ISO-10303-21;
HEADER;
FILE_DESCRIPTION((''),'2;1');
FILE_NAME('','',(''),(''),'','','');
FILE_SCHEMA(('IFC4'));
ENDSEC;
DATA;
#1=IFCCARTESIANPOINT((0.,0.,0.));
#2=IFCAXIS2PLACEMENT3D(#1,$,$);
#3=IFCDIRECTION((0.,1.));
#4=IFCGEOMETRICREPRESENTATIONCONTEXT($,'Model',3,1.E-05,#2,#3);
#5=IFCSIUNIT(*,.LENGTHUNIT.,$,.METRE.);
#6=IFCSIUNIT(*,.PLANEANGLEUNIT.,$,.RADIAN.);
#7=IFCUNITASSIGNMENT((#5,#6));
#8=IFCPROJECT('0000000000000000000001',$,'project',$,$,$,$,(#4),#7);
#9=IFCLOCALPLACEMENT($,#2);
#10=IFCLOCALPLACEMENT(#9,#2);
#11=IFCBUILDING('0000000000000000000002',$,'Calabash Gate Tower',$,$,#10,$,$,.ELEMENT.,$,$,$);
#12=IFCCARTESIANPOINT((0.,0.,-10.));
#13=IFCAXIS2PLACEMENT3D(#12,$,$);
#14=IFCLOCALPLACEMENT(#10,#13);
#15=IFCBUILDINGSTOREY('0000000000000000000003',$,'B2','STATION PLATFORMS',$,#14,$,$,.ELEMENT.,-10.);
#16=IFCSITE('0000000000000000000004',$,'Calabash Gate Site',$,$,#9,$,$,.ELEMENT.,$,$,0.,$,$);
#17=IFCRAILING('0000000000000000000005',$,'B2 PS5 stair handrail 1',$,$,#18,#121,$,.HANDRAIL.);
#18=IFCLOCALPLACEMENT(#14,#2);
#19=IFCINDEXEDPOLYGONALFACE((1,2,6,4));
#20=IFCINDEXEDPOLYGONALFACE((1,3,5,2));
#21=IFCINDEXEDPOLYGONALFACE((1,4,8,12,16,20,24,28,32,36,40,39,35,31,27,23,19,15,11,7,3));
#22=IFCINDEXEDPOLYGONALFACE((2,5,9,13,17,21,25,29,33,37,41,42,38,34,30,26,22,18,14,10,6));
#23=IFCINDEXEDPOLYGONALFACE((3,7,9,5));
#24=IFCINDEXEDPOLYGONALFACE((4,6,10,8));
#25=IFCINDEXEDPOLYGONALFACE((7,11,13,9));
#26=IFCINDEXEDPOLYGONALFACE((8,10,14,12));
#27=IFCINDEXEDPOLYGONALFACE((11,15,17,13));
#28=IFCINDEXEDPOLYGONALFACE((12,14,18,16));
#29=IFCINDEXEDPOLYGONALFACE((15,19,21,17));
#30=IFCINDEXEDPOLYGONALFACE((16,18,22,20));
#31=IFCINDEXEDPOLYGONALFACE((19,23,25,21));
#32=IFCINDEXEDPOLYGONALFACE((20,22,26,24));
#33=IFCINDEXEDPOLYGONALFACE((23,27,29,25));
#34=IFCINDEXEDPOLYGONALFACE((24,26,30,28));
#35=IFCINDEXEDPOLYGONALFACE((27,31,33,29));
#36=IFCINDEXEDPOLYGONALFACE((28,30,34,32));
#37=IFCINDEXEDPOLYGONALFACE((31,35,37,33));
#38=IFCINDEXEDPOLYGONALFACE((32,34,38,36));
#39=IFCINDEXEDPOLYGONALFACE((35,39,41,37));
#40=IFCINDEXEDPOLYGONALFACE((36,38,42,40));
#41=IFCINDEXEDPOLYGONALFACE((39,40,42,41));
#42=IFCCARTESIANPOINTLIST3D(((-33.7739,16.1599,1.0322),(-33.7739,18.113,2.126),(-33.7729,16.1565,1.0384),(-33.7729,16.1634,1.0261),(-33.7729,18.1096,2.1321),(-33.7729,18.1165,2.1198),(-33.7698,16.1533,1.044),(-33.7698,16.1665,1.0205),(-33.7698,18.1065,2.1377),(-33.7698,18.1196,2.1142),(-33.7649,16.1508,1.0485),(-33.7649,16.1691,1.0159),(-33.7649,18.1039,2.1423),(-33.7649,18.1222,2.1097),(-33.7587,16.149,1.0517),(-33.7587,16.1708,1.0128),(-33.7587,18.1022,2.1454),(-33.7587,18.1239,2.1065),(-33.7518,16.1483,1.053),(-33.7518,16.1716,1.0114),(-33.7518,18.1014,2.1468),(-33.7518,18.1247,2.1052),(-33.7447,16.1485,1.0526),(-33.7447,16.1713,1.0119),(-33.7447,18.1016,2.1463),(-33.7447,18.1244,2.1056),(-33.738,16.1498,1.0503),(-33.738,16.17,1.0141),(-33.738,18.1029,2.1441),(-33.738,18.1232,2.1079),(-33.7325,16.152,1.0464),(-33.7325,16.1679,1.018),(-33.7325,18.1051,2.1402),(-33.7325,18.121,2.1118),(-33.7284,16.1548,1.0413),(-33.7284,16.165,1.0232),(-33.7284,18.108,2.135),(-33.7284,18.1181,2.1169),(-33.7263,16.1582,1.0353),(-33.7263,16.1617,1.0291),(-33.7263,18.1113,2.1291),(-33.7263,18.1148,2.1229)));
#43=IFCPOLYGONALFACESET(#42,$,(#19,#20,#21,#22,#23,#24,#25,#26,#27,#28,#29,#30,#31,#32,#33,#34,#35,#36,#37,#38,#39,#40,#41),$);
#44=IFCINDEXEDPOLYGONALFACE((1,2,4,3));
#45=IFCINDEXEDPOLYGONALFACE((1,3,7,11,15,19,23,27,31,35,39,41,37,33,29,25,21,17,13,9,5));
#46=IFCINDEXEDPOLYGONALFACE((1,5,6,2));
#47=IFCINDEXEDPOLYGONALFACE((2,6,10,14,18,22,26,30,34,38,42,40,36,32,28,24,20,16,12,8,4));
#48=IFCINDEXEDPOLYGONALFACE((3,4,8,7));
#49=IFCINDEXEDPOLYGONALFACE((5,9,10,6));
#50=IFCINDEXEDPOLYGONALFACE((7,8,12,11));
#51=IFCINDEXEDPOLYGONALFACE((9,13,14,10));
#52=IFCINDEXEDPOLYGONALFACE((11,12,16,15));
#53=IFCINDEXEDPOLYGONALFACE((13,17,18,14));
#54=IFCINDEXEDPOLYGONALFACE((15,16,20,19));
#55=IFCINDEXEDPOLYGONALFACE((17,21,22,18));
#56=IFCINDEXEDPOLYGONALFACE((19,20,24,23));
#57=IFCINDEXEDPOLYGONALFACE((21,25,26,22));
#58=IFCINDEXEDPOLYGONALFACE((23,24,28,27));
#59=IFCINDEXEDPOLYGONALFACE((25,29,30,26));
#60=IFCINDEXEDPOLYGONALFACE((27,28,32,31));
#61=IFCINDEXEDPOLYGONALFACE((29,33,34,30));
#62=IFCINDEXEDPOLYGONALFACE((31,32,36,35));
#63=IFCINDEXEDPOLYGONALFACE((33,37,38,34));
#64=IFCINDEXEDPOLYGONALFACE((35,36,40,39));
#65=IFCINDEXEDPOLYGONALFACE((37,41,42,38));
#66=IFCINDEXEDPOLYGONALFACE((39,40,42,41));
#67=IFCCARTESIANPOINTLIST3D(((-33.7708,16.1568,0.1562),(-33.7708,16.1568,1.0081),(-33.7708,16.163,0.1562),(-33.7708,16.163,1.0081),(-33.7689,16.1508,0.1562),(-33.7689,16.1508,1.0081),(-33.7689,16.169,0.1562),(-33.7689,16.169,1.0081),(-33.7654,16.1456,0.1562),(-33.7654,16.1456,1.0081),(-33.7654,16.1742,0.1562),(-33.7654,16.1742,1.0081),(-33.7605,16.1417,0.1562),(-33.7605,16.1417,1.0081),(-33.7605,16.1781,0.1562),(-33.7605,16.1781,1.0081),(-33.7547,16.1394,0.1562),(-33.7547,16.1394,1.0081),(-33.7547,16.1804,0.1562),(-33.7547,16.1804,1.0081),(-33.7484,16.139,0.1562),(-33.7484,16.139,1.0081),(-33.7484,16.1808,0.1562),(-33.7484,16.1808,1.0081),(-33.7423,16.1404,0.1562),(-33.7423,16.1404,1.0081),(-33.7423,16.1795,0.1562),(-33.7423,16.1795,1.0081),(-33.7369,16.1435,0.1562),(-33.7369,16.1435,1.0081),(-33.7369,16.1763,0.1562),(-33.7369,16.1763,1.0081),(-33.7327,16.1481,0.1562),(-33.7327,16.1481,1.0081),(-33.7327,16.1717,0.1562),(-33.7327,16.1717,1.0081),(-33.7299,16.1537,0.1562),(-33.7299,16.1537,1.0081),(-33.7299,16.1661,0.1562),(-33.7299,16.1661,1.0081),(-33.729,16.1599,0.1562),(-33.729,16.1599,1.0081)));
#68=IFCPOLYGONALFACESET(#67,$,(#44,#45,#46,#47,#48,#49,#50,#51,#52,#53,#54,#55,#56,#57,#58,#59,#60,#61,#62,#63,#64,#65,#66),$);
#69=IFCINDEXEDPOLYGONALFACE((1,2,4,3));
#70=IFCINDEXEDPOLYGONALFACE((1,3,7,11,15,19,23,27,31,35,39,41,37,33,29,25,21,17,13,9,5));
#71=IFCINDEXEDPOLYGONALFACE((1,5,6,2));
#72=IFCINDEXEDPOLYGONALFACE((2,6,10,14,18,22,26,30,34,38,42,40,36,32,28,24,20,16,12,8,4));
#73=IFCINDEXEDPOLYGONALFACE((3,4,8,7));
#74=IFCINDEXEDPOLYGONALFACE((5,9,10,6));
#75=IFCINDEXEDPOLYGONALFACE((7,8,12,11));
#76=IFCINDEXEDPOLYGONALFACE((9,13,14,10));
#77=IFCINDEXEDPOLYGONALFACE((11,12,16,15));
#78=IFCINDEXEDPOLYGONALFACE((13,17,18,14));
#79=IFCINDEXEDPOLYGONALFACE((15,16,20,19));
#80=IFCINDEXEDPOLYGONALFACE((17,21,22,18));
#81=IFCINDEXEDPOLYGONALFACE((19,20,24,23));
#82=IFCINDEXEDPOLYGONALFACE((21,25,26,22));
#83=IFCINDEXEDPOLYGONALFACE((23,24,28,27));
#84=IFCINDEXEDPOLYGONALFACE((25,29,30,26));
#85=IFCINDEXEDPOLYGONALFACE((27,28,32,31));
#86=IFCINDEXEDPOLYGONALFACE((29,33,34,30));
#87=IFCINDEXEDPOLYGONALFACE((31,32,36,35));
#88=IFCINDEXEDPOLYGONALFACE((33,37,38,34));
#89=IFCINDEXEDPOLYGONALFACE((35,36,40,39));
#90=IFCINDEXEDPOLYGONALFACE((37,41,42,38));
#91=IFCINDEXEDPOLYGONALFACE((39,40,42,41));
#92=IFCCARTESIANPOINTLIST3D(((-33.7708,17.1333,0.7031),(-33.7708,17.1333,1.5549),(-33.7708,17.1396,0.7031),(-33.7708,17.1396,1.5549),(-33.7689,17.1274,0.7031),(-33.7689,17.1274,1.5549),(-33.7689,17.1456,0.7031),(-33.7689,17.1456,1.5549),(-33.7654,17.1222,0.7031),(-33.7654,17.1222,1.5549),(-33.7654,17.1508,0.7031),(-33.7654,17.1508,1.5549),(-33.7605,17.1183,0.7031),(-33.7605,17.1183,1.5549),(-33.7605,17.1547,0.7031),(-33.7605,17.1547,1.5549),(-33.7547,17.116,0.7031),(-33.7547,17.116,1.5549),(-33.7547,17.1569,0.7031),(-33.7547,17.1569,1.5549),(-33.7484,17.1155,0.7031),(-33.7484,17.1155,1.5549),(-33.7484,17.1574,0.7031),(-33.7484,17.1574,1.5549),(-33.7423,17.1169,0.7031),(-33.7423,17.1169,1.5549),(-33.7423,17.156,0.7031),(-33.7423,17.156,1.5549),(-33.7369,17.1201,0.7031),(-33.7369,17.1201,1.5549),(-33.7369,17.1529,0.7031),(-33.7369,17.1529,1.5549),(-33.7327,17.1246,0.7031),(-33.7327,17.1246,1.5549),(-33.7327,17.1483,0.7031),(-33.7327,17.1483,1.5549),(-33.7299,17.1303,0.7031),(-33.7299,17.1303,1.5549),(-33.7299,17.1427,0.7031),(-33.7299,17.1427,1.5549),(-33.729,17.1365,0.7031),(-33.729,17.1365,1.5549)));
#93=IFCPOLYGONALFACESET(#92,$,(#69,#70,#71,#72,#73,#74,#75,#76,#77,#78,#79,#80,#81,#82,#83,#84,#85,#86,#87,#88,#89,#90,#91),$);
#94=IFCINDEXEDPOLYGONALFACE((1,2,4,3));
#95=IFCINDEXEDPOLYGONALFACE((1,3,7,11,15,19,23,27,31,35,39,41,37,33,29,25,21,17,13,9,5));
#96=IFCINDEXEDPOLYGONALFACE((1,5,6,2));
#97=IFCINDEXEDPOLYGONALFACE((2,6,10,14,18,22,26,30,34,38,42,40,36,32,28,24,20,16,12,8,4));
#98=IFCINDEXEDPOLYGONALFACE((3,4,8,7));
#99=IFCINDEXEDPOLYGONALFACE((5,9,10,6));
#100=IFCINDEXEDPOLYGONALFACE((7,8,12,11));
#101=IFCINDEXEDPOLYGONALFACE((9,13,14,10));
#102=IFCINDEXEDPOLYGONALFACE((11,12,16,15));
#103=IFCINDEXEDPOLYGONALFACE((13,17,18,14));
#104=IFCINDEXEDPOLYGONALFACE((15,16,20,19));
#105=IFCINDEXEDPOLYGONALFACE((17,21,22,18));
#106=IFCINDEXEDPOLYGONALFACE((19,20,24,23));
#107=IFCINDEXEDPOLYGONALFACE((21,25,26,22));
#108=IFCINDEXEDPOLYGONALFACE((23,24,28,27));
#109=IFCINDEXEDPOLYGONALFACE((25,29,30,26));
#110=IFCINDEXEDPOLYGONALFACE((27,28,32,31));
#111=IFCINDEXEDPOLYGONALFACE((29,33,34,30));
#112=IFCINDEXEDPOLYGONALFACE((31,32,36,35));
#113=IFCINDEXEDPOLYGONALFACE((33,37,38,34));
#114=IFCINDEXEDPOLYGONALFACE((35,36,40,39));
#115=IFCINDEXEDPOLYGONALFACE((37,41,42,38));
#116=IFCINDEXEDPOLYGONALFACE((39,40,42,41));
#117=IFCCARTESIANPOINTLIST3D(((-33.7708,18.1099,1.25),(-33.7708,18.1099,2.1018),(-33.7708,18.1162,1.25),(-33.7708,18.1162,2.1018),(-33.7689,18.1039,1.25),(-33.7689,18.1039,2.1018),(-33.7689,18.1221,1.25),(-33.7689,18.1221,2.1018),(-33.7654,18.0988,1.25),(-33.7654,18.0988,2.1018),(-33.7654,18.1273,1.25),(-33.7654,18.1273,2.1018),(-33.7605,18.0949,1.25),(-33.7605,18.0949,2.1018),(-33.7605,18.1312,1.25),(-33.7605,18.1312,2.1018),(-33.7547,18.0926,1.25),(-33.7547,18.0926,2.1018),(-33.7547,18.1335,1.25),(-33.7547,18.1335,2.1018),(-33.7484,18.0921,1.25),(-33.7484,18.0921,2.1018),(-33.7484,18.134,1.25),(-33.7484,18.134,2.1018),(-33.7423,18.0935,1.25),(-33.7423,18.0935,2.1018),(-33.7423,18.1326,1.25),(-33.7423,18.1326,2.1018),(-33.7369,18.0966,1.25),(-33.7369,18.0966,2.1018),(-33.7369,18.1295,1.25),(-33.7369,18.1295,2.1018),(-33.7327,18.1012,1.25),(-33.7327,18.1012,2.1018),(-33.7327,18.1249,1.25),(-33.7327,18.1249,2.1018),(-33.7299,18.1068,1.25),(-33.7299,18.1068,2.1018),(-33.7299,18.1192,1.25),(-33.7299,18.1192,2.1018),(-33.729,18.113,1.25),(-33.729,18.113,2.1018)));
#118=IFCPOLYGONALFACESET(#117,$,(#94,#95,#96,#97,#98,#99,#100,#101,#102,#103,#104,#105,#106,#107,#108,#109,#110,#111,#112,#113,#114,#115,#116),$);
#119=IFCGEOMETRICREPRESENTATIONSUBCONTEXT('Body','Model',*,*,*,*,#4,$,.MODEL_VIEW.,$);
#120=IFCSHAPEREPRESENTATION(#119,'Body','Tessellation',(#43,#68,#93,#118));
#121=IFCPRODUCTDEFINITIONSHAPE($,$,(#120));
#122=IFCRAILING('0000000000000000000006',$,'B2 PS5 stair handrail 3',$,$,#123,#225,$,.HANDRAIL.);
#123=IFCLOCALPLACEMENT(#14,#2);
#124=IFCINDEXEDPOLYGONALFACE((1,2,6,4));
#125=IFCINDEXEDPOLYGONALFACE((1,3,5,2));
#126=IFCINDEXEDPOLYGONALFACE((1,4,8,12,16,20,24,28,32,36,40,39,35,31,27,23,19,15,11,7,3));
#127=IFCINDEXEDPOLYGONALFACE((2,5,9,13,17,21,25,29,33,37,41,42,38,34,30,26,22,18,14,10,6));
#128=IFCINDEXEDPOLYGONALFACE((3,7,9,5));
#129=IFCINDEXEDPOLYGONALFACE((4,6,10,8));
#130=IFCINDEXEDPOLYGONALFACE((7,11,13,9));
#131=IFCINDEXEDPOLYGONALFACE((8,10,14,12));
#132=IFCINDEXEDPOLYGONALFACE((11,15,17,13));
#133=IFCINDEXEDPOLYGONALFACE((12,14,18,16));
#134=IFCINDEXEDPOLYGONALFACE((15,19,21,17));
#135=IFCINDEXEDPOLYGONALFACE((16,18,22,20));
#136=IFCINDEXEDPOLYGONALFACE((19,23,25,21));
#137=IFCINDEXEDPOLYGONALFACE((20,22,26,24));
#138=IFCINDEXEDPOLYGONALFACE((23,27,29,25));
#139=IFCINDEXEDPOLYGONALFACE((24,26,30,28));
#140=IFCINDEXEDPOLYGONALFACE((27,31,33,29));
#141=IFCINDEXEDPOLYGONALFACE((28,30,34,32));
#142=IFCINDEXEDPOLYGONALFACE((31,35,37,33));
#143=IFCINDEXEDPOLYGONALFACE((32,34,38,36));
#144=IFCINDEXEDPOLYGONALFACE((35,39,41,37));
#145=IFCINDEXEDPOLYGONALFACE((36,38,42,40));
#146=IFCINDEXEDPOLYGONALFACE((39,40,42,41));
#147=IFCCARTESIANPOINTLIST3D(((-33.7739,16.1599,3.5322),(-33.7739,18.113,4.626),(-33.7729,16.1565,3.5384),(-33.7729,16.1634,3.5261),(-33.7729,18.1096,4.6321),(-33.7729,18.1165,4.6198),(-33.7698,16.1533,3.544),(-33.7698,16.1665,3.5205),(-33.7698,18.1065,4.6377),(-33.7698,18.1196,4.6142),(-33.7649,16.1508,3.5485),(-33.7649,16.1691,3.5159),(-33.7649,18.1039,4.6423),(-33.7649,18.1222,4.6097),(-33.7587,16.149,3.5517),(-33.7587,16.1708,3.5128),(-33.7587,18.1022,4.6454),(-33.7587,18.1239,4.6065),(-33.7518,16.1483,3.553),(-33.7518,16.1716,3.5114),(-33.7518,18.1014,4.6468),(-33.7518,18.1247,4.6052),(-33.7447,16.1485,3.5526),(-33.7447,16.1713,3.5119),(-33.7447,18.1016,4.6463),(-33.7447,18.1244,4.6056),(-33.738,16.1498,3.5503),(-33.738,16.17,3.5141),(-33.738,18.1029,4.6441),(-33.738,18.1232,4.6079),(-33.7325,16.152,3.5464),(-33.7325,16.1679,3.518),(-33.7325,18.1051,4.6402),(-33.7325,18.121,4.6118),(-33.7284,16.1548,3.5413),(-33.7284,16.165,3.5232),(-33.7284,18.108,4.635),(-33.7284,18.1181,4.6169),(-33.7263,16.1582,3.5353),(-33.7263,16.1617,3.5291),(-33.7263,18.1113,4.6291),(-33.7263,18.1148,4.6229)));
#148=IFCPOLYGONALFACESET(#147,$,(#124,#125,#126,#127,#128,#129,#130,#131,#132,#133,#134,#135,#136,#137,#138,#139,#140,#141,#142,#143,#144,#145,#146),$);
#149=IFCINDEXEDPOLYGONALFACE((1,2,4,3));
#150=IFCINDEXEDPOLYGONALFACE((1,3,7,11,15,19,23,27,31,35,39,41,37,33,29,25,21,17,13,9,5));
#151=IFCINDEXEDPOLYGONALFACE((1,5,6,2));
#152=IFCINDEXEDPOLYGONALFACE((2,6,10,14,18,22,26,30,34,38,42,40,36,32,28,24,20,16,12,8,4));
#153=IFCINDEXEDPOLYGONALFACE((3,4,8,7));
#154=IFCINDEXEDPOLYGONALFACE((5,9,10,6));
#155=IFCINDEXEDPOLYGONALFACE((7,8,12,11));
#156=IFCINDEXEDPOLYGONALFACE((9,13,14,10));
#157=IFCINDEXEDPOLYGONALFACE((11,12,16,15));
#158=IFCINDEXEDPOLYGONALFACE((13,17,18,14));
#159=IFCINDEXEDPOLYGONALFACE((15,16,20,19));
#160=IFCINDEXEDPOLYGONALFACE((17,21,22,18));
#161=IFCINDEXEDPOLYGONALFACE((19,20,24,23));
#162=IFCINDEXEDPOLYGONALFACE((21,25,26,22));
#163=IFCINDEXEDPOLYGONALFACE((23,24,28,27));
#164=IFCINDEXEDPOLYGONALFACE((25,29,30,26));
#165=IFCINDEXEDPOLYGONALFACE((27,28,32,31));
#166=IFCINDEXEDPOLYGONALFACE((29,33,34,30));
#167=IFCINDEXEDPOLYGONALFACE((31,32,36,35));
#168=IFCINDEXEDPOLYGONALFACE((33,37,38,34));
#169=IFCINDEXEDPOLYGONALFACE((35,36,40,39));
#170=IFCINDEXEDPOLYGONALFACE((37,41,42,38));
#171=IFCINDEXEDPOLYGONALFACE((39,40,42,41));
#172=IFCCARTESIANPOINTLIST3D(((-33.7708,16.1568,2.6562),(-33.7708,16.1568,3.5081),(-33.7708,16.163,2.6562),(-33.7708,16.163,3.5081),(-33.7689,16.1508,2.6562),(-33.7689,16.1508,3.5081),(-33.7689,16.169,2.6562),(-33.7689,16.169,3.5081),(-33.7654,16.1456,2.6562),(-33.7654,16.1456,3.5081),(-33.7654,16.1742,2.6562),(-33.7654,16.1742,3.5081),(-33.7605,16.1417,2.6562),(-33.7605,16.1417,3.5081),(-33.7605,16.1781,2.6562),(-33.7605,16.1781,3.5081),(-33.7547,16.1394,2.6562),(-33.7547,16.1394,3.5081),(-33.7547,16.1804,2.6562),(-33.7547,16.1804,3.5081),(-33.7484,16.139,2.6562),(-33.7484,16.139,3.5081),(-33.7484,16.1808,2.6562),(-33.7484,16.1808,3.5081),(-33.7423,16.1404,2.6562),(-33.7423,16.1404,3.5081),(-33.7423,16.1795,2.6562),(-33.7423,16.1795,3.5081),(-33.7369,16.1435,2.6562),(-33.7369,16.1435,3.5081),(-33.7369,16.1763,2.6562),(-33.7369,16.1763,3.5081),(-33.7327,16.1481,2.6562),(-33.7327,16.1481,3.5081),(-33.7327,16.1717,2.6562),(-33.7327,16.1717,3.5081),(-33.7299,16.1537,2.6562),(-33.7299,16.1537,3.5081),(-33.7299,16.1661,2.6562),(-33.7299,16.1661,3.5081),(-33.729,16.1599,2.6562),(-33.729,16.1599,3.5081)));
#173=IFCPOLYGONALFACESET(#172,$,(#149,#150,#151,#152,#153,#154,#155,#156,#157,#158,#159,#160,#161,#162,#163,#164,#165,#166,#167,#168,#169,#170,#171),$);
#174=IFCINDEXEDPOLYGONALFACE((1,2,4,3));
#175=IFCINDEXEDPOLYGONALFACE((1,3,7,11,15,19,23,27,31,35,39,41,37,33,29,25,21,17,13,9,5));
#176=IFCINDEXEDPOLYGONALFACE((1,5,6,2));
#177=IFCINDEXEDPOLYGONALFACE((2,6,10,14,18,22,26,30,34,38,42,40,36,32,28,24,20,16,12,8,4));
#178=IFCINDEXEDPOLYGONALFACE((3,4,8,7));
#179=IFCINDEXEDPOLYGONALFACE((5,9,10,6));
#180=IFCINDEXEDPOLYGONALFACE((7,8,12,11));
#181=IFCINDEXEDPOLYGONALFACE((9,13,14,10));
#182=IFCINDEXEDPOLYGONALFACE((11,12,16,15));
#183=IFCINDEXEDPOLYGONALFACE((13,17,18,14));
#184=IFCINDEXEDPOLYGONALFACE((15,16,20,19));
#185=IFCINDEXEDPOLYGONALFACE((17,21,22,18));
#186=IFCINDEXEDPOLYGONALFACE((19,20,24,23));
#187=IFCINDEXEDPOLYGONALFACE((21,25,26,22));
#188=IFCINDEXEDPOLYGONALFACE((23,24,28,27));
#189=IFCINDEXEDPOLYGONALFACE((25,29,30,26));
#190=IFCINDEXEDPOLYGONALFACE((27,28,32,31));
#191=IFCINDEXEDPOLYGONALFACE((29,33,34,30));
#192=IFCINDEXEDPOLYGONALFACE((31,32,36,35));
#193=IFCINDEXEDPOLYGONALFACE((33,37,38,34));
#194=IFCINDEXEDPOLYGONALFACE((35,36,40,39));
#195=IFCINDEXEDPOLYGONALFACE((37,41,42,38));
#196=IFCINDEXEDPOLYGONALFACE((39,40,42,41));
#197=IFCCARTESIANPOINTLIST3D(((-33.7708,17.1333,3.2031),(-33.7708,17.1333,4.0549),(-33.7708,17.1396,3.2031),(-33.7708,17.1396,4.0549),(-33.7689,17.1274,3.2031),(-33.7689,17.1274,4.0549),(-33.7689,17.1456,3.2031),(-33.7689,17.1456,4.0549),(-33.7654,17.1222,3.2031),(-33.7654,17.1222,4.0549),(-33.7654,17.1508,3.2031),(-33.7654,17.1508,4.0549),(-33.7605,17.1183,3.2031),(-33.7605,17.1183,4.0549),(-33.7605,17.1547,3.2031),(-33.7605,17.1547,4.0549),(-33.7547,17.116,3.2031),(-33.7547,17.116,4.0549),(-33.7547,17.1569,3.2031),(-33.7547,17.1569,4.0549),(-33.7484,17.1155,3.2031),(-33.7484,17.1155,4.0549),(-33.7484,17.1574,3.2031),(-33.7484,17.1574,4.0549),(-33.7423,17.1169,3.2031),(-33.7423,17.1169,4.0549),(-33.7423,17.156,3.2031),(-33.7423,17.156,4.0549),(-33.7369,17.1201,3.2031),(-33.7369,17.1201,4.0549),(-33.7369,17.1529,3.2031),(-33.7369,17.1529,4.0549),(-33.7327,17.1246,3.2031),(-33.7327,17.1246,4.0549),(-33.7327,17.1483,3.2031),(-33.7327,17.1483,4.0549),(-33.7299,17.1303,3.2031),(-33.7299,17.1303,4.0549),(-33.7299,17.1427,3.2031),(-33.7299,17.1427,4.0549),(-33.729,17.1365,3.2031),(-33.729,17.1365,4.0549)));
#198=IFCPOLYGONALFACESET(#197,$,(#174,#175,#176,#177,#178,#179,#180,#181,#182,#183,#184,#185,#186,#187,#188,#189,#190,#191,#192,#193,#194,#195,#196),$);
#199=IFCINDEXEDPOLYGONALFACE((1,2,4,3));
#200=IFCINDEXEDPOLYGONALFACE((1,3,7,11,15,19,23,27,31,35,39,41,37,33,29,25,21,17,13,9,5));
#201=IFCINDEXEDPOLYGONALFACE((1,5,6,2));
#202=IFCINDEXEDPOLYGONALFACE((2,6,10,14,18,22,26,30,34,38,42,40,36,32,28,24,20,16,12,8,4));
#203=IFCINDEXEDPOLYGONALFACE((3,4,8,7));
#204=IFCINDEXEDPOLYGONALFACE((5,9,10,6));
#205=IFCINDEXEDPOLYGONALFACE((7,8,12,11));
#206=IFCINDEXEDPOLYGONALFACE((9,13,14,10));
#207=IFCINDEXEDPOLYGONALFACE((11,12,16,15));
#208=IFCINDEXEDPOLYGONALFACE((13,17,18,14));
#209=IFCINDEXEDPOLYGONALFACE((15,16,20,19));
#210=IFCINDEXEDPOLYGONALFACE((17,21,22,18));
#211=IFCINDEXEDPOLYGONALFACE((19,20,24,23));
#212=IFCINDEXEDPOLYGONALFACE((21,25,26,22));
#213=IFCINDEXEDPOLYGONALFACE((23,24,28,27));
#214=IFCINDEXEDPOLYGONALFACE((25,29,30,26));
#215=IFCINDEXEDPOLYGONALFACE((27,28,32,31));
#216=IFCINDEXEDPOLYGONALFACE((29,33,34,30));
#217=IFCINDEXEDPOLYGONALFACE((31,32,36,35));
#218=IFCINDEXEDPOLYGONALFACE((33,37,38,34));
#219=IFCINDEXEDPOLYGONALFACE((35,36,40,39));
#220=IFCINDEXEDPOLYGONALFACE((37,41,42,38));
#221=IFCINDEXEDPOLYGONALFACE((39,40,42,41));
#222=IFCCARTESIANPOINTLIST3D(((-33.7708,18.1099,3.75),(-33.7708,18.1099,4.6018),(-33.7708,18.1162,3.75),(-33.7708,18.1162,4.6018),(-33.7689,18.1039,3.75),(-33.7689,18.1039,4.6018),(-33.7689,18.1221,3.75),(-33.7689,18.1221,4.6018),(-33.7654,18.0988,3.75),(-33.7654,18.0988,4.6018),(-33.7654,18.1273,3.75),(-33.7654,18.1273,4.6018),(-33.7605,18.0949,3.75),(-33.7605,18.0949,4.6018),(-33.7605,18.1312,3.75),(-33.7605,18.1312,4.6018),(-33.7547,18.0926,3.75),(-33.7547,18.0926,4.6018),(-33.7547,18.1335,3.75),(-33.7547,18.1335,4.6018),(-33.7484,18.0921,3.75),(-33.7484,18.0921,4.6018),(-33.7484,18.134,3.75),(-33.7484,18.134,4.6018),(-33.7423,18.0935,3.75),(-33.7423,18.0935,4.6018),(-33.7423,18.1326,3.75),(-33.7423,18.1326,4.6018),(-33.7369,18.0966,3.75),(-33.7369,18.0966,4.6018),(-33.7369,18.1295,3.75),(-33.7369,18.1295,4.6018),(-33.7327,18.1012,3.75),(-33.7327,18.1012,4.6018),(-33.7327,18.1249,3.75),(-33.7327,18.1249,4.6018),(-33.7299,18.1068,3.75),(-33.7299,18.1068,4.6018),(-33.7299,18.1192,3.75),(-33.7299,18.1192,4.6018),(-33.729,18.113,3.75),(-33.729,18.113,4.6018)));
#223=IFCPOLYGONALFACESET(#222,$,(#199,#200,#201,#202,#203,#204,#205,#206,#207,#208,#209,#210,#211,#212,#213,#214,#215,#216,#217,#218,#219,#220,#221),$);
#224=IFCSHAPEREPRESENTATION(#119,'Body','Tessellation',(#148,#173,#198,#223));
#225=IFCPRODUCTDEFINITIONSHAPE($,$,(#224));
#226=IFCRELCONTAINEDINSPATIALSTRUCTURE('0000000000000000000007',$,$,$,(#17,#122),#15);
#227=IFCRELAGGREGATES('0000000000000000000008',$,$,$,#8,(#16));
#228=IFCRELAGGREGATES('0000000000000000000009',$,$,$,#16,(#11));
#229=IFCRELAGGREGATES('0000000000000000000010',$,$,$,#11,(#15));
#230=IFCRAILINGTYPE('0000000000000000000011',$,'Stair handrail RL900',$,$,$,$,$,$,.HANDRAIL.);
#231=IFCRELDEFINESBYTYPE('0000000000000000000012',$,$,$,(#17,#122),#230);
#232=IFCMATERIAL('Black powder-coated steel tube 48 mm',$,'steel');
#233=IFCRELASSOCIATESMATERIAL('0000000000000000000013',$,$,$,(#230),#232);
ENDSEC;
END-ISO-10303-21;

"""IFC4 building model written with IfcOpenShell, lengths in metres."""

from ifc_helpers import new_model, si_unit, direction, frame, origin, origin_2d, place, context, subcontext, project, spatial, circle, extrude, material, type_object, element, save


model = new_model("IFC4")

# Units and contexts
model_context = context("Model", 3, precision=1e-05, world=origin(), true_north=direction((0.0, 1.0)))
body_context = subcontext(model_context, "Body", "Model", "MODEL_VIEW")
ifc_project = project(units=[si_unit("LENGTHUNIT", "METRE"), si_unit("PLANEANGLEUNIT", "RADIAN")], contexts=[model_context])

# Site, building, storey
site_placement = place(None, origin())
site = spatial("IfcSite", under=ifc_project, at=site_placement, Name="Calabash Gate Site", CompositionType="ELEMENT", RefElevation=0.0)
building_placement = place(site_placement, origin())
building = spatial("IfcBuilding", under=site, at=building_placement, Name="Calabash Gate Tower", CompositionType="ELEMENT")
storey_placement = place(building_placement, frame((0.0, 0.0, -10.0)))
storey = spatial("IfcBuildingStorey", under=building, at=storey_placement, Name="B2", Description="STATION PLATFORMS", CompositionType="ELEMENT", Elevation=-10.0)

# Railings
ifc_material_1 = material(Name="Black powder-coated steel tube 48 mm", Category="steel")
railing_type_1 = type_object("IfcRailingType", Name="Stair handrail RL900", PredefinedType="HANDRAIL", material=ifc_material_1)
for number, where, name in (
    (1, (-33.75, 16.1599, 0.1562), "B2 PS5 stair handrail 1"),
    (2, (-33.75, 16.1599, 2.6562), "B2 PS5 stair handrail 3"),
):
    element("IfcRailing", number, at=place(storey_placement, frame(where)), inside=storey, type_object=railing_type_1, Name=name, PredefinedType="HANDRAIL", context=body_context, shape_type="SweptSolid", body=[
        extrude(circle(Radius=0.0239, at=origin_2d()), frame((0.0, 0.0, 0.876), z_axis=(0.0, 0.872506, 0.488603), x_axis=(-1.0, 0.0, 0.0)), (0.0, 0.0, 1.0), 2.2385),
        extrude(circle(Radius=0.021, at=origin_2d()), origin(), (0.0, 0.0, 1.0), 0.8518),
        extrude(circle(Radius=0.021, at=origin_2d()), frame((0.0, 0.9766, 0.5469)), (0.0, 0.0, 1.0), 0.8518),
        extrude(circle(Radius=0.021, at=origin_2d()), frame((0.0, 1.9531, 1.0938)), (0.0, 0.0, 1.0), 0.8518),
    ])

save(model, "model.ifc")
